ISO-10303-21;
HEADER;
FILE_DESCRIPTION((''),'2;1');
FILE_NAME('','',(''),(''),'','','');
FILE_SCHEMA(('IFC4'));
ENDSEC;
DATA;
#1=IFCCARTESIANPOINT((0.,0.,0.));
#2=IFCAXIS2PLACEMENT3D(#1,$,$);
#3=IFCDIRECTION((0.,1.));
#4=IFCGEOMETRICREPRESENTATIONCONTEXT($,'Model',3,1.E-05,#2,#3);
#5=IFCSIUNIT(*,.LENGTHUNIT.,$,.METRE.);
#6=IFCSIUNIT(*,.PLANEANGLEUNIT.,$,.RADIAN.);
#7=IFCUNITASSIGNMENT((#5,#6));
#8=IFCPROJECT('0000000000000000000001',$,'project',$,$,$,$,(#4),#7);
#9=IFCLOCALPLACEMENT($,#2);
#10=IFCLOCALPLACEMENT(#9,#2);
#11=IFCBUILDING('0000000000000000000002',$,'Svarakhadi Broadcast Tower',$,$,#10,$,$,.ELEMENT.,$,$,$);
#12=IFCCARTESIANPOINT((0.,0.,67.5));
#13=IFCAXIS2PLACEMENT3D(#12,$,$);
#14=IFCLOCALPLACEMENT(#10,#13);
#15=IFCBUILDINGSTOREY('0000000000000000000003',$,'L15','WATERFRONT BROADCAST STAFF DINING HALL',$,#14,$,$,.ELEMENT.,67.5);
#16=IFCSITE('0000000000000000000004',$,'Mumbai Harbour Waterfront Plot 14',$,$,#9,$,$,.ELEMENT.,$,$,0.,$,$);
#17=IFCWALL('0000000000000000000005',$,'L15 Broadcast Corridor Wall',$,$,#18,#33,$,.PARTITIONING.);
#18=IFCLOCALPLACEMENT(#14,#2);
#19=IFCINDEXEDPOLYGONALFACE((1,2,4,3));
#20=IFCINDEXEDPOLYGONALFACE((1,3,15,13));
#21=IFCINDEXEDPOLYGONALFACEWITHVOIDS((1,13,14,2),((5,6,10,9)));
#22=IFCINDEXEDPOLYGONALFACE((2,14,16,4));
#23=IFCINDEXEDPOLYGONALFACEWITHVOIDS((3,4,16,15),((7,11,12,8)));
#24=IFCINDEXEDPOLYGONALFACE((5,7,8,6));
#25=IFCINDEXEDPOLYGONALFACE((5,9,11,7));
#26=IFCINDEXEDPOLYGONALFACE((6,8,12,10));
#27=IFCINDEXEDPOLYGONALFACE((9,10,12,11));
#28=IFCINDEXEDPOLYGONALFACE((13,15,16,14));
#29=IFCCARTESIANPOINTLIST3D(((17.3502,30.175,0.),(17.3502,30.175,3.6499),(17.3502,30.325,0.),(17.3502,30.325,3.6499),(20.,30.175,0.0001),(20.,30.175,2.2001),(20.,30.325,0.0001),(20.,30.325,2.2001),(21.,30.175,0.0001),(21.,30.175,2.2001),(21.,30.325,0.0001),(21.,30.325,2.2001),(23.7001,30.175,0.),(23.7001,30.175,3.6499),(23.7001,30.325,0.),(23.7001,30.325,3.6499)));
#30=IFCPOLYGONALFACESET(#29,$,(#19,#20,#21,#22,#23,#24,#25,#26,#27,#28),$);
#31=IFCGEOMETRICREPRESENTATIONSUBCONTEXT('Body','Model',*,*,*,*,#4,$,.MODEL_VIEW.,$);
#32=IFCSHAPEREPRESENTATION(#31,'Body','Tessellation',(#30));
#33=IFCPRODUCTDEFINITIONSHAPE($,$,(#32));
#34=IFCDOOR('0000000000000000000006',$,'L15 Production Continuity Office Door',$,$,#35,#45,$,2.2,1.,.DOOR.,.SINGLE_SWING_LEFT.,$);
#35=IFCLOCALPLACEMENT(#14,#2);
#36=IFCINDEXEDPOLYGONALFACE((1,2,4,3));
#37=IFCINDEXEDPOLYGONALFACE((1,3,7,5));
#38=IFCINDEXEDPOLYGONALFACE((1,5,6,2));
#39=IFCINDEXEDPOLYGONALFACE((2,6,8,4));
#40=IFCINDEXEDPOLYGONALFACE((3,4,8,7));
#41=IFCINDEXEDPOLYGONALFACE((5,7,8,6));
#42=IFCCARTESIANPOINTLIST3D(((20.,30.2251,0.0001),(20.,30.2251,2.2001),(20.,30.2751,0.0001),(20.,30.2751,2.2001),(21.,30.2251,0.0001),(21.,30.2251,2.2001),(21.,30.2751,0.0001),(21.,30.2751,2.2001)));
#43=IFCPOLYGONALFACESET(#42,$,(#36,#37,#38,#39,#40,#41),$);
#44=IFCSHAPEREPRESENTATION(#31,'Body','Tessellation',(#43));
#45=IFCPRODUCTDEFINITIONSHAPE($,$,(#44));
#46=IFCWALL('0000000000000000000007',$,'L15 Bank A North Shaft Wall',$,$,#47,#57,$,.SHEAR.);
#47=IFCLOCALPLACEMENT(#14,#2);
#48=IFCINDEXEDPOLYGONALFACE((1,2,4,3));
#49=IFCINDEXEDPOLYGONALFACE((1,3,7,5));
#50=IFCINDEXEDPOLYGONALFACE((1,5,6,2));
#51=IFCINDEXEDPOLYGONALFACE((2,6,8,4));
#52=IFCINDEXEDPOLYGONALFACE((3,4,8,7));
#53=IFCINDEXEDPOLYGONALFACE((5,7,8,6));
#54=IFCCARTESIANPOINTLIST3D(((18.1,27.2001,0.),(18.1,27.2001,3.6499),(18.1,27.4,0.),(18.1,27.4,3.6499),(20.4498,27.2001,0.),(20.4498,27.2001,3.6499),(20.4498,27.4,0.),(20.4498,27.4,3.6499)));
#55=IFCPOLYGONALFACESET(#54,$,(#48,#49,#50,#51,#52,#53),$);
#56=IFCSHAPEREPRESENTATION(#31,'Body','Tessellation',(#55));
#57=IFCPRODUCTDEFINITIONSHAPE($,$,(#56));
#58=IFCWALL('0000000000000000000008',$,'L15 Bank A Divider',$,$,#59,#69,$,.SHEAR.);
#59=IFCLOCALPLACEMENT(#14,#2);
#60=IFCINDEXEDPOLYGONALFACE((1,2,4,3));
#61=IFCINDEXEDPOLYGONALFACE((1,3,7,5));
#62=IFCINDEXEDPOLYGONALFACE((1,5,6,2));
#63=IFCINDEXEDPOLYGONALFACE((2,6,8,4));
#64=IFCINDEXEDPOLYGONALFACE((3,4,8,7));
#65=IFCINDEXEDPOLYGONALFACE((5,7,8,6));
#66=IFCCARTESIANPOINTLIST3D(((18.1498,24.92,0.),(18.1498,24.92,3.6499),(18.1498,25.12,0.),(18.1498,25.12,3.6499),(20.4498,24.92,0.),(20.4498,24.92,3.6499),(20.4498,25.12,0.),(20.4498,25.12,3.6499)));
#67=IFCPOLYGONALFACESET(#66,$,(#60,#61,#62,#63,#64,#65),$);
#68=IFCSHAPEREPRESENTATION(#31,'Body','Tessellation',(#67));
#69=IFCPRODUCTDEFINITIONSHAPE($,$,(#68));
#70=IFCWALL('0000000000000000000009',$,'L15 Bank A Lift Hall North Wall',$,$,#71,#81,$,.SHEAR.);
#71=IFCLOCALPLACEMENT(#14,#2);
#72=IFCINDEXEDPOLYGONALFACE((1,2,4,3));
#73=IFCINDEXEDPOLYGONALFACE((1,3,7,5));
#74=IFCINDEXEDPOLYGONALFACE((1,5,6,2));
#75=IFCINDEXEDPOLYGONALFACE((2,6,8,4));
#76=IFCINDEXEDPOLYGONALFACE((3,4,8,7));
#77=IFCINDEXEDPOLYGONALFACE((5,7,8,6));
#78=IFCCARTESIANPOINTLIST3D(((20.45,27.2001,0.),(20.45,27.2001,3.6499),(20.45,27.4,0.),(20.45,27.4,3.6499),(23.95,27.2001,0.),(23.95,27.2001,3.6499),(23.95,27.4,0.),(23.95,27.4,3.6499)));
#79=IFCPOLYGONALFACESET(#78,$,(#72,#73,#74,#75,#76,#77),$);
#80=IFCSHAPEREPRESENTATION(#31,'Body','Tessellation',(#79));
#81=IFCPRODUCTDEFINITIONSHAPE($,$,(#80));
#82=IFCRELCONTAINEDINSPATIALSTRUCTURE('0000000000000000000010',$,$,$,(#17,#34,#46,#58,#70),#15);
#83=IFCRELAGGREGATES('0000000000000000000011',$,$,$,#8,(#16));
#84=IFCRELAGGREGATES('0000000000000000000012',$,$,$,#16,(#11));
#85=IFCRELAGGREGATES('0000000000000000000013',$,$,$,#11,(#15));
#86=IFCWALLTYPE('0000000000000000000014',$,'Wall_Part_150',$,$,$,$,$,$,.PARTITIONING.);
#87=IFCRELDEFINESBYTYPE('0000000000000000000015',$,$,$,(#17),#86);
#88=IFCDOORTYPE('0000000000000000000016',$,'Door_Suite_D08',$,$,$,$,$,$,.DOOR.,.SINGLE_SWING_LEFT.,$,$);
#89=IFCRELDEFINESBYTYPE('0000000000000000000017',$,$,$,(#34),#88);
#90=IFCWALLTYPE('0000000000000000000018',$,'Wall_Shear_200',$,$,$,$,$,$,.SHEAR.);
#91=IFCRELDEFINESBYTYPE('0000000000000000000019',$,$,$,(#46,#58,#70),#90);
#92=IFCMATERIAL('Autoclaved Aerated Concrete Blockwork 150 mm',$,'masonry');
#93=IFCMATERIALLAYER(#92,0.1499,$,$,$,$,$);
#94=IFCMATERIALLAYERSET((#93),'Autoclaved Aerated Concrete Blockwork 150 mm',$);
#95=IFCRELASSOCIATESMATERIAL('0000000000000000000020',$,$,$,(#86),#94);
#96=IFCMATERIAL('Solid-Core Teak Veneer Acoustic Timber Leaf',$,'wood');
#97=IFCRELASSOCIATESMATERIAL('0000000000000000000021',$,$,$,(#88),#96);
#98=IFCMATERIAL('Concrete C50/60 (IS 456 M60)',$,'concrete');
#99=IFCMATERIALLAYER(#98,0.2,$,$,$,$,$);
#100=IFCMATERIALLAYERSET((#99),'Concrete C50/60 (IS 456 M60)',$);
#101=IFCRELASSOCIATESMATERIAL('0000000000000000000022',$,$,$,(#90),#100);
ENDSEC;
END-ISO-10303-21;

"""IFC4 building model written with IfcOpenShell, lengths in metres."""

from ifc_helpers import new_model, si_unit, direction, frame, frame_2d, origin, place, context, subcontext, project, spatial, rectangle, extrude, material, layer, layer_set, type_object, element, fill, save


model = new_model("IFC4")

# Units and contexts
model_context = context("Model", 3, precision=1e-05, world=origin(), true_north=direction((0.0, 1.0)))
body_context = subcontext(model_context, "Body", "Model", "MODEL_VIEW")
ifc_project = project(units=[si_unit("LENGTHUNIT", "METRE"), si_unit("PLANEANGLEUNIT", "RADIAN")], contexts=[model_context])

# Site, building, storey
site_placement = place(None, origin())
site = spatial("IfcSite", under=ifc_project, at=site_placement, Name="Mumbai Harbour Waterfront Plot 14", CompositionType="ELEMENT", RefElevation=0.0)
building_placement = place(site_placement, origin())
building = spatial("IfcBuilding", under=site, at=building_placement, Name="Svarakhadi Broadcast Tower", CompositionType="ELEMENT")
storey_placement = place(building_placement, frame((0.0, 0.0, 67.5)))
storey = spatial("IfcBuildingStorey", under=building, at=storey_placement, Name="L15", Description="WATERFRONT BROADCAST STAFF DINING HALL", CompositionType="ELEMENT", Elevation=67.5)

# Wall, opening, door
ifc_material_1 = material(Name="Autoclaved Aerated Concrete Blockwork 150 mm", Category="masonry")
ifc_layer_1 = layer(ifc_material_1, 0.1499)
ifc_layer_set_1 = layer_set([ifc_layer_1], Name="Autoclaved Aerated Concrete Blockwork 150 mm")
wall_type_1 = type_object("IfcWallType", Name="Wall_Part_150", PredefinedType="PARTITIONING", material=ifc_layer_set_1)
wall_1_placement = place(storey_placement, frame((23.7, 30.25, 0.0), z_axis=(0.0, 0.0, 1.0), x_axis=(-1.0, 0.0, 0.0)))
wall_1 = element("IfcWall", 1, at=wall_1_placement, inside=storey, type_object=wall_type_1, Name="L15 Broadcast Corridor Wall", PredefinedType="PARTITIONING", context=body_context, shape_type="SweptSolid", body=[
    extrude(rectangle(XDim=6.3499, YDim=0.1499, at=frame_2d((3.1748, 0.0))), origin(), (0.0, 0.0, 1.0), 3.6499),
])
opening_placement = place(wall_1_placement, frame((2.7, 0.0, 0.0)))
opening = element("IfcOpeningElement", 2, at=opening_placement, cuts=wall_1, PredefinedType="OPENING", context=body_context, shape_type="SweptSolid", body=[
    extrude(rectangle(XDim=1.0, YDim=2.2, at=frame_2d((0.5, 1.1001))), frame((0.0, 0.085, 0.0), z_axis=(0.0, -1.0, 0.0), x_axis=(1.0, 0.0, 0.0)), (0.0, 0.0, 1.0), 0.1699),
])
ifc_material_2 = material(Name="Solid-Core Teak Veneer Acoustic Timber Leaf", Category="wood")
door_type = type_object("IfcDoorType", Name="Door_Suite_D08", OperationType="SINGLE_SWING_LEFT", PredefinedType="DOOR", material=ifc_material_2)
door_placement = place(opening_placement, origin())
door = element("IfcDoor", 3, at=door_placement, inside=storey, type_object=door_type, Name="L15 Production Continuity Office Door", OperationType="SINGLE_SWING_LEFT", OverallHeight=2.2, OverallWidth=1.0, PredefinedType="DOOR", context=body_context, shape_type="SweptSolid", body=[
    extrude(rectangle(XDim=1.0, YDim=2.2, at=frame_2d((0.5, 1.1001))), frame((0.0, 0.0249, 0.0), z_axis=(0.0, -1.0, 0.0), x_axis=(1.0, 0.0, 0.0)), (0.0, 0.0, 1.0), 0.05),
])
fill(opening, door)

# Walls
ifc_material_3 = material(Name="Concrete C50/60 (IS 456 M60)", Category="concrete")
ifc_layer_2 = layer(ifc_material_3, 0.2)
ifc_layer_set_2 = layer_set([ifc_layer_2], Name="Concrete C50/60 (IS 456 M60)")
wall_type_2 = type_object("IfcWallType", Name="Wall_Shear_200", PredefinedType="SHEAR", material=ifc_layer_set_2)
wall_2_placement = place(storey_placement, frame((18.1001, 27.3, 0.0), z_axis=(0.0, 0.0, 1.0), x_axis=(1.0, 0.0, 0.0)))
element("IfcWall", 4, at=wall_2_placement, inside=storey, type_object=wall_type_2, Name="L15 Bank A North Shaft Wall", PredefinedType="SHEAR", context=body_context, shape_type="SweptSolid", body=[
    extrude(rectangle(XDim=2.3499, YDim=0.2, at=frame_2d((1.1748, 0.0))), origin(), (0.0, 0.0, 1.0), 3.6499),
])
wall_3_placement = place(storey_placement, frame((18.1499, 25.02, 0.0), z_axis=(0.0, 0.0, 1.0), x_axis=(1.0, 0.0, 0.0)))
element("IfcWall", 5, at=wall_3_placement, inside=storey, type_object=wall_type_2, Name="L15 Bank A Divider", PredefinedType="SHEAR", context=body_context, shape_type="SweptSolid", body=[
    extrude(rectangle(XDim=2.3, YDim=0.2, at=frame_2d((1.1499, 0.0))), origin(), (0.0, 0.0, 1.0), 3.6499),
])
wall_4_placement = place(storey_placement, frame((20.45, 27.3, 0.0), z_axis=(0.0, 0.0, 1.0), x_axis=(1.0, 0.0, 0.0)))
element("IfcWall", 6, at=wall_4_placement, inside=storey, type_object=wall_type_2, Name="L15 Bank A Lift Hall North Wall", PredefinedType="SHEAR", context=body_context, shape_type="SweptSolid", body=[
    extrude(rectangle(XDim=3.5, YDim=0.2, at=frame_2d((1.75, 0.0))), origin(), (0.0, 0.0, 1.0), 3.6499),
])

save(model, "model.ifc")
